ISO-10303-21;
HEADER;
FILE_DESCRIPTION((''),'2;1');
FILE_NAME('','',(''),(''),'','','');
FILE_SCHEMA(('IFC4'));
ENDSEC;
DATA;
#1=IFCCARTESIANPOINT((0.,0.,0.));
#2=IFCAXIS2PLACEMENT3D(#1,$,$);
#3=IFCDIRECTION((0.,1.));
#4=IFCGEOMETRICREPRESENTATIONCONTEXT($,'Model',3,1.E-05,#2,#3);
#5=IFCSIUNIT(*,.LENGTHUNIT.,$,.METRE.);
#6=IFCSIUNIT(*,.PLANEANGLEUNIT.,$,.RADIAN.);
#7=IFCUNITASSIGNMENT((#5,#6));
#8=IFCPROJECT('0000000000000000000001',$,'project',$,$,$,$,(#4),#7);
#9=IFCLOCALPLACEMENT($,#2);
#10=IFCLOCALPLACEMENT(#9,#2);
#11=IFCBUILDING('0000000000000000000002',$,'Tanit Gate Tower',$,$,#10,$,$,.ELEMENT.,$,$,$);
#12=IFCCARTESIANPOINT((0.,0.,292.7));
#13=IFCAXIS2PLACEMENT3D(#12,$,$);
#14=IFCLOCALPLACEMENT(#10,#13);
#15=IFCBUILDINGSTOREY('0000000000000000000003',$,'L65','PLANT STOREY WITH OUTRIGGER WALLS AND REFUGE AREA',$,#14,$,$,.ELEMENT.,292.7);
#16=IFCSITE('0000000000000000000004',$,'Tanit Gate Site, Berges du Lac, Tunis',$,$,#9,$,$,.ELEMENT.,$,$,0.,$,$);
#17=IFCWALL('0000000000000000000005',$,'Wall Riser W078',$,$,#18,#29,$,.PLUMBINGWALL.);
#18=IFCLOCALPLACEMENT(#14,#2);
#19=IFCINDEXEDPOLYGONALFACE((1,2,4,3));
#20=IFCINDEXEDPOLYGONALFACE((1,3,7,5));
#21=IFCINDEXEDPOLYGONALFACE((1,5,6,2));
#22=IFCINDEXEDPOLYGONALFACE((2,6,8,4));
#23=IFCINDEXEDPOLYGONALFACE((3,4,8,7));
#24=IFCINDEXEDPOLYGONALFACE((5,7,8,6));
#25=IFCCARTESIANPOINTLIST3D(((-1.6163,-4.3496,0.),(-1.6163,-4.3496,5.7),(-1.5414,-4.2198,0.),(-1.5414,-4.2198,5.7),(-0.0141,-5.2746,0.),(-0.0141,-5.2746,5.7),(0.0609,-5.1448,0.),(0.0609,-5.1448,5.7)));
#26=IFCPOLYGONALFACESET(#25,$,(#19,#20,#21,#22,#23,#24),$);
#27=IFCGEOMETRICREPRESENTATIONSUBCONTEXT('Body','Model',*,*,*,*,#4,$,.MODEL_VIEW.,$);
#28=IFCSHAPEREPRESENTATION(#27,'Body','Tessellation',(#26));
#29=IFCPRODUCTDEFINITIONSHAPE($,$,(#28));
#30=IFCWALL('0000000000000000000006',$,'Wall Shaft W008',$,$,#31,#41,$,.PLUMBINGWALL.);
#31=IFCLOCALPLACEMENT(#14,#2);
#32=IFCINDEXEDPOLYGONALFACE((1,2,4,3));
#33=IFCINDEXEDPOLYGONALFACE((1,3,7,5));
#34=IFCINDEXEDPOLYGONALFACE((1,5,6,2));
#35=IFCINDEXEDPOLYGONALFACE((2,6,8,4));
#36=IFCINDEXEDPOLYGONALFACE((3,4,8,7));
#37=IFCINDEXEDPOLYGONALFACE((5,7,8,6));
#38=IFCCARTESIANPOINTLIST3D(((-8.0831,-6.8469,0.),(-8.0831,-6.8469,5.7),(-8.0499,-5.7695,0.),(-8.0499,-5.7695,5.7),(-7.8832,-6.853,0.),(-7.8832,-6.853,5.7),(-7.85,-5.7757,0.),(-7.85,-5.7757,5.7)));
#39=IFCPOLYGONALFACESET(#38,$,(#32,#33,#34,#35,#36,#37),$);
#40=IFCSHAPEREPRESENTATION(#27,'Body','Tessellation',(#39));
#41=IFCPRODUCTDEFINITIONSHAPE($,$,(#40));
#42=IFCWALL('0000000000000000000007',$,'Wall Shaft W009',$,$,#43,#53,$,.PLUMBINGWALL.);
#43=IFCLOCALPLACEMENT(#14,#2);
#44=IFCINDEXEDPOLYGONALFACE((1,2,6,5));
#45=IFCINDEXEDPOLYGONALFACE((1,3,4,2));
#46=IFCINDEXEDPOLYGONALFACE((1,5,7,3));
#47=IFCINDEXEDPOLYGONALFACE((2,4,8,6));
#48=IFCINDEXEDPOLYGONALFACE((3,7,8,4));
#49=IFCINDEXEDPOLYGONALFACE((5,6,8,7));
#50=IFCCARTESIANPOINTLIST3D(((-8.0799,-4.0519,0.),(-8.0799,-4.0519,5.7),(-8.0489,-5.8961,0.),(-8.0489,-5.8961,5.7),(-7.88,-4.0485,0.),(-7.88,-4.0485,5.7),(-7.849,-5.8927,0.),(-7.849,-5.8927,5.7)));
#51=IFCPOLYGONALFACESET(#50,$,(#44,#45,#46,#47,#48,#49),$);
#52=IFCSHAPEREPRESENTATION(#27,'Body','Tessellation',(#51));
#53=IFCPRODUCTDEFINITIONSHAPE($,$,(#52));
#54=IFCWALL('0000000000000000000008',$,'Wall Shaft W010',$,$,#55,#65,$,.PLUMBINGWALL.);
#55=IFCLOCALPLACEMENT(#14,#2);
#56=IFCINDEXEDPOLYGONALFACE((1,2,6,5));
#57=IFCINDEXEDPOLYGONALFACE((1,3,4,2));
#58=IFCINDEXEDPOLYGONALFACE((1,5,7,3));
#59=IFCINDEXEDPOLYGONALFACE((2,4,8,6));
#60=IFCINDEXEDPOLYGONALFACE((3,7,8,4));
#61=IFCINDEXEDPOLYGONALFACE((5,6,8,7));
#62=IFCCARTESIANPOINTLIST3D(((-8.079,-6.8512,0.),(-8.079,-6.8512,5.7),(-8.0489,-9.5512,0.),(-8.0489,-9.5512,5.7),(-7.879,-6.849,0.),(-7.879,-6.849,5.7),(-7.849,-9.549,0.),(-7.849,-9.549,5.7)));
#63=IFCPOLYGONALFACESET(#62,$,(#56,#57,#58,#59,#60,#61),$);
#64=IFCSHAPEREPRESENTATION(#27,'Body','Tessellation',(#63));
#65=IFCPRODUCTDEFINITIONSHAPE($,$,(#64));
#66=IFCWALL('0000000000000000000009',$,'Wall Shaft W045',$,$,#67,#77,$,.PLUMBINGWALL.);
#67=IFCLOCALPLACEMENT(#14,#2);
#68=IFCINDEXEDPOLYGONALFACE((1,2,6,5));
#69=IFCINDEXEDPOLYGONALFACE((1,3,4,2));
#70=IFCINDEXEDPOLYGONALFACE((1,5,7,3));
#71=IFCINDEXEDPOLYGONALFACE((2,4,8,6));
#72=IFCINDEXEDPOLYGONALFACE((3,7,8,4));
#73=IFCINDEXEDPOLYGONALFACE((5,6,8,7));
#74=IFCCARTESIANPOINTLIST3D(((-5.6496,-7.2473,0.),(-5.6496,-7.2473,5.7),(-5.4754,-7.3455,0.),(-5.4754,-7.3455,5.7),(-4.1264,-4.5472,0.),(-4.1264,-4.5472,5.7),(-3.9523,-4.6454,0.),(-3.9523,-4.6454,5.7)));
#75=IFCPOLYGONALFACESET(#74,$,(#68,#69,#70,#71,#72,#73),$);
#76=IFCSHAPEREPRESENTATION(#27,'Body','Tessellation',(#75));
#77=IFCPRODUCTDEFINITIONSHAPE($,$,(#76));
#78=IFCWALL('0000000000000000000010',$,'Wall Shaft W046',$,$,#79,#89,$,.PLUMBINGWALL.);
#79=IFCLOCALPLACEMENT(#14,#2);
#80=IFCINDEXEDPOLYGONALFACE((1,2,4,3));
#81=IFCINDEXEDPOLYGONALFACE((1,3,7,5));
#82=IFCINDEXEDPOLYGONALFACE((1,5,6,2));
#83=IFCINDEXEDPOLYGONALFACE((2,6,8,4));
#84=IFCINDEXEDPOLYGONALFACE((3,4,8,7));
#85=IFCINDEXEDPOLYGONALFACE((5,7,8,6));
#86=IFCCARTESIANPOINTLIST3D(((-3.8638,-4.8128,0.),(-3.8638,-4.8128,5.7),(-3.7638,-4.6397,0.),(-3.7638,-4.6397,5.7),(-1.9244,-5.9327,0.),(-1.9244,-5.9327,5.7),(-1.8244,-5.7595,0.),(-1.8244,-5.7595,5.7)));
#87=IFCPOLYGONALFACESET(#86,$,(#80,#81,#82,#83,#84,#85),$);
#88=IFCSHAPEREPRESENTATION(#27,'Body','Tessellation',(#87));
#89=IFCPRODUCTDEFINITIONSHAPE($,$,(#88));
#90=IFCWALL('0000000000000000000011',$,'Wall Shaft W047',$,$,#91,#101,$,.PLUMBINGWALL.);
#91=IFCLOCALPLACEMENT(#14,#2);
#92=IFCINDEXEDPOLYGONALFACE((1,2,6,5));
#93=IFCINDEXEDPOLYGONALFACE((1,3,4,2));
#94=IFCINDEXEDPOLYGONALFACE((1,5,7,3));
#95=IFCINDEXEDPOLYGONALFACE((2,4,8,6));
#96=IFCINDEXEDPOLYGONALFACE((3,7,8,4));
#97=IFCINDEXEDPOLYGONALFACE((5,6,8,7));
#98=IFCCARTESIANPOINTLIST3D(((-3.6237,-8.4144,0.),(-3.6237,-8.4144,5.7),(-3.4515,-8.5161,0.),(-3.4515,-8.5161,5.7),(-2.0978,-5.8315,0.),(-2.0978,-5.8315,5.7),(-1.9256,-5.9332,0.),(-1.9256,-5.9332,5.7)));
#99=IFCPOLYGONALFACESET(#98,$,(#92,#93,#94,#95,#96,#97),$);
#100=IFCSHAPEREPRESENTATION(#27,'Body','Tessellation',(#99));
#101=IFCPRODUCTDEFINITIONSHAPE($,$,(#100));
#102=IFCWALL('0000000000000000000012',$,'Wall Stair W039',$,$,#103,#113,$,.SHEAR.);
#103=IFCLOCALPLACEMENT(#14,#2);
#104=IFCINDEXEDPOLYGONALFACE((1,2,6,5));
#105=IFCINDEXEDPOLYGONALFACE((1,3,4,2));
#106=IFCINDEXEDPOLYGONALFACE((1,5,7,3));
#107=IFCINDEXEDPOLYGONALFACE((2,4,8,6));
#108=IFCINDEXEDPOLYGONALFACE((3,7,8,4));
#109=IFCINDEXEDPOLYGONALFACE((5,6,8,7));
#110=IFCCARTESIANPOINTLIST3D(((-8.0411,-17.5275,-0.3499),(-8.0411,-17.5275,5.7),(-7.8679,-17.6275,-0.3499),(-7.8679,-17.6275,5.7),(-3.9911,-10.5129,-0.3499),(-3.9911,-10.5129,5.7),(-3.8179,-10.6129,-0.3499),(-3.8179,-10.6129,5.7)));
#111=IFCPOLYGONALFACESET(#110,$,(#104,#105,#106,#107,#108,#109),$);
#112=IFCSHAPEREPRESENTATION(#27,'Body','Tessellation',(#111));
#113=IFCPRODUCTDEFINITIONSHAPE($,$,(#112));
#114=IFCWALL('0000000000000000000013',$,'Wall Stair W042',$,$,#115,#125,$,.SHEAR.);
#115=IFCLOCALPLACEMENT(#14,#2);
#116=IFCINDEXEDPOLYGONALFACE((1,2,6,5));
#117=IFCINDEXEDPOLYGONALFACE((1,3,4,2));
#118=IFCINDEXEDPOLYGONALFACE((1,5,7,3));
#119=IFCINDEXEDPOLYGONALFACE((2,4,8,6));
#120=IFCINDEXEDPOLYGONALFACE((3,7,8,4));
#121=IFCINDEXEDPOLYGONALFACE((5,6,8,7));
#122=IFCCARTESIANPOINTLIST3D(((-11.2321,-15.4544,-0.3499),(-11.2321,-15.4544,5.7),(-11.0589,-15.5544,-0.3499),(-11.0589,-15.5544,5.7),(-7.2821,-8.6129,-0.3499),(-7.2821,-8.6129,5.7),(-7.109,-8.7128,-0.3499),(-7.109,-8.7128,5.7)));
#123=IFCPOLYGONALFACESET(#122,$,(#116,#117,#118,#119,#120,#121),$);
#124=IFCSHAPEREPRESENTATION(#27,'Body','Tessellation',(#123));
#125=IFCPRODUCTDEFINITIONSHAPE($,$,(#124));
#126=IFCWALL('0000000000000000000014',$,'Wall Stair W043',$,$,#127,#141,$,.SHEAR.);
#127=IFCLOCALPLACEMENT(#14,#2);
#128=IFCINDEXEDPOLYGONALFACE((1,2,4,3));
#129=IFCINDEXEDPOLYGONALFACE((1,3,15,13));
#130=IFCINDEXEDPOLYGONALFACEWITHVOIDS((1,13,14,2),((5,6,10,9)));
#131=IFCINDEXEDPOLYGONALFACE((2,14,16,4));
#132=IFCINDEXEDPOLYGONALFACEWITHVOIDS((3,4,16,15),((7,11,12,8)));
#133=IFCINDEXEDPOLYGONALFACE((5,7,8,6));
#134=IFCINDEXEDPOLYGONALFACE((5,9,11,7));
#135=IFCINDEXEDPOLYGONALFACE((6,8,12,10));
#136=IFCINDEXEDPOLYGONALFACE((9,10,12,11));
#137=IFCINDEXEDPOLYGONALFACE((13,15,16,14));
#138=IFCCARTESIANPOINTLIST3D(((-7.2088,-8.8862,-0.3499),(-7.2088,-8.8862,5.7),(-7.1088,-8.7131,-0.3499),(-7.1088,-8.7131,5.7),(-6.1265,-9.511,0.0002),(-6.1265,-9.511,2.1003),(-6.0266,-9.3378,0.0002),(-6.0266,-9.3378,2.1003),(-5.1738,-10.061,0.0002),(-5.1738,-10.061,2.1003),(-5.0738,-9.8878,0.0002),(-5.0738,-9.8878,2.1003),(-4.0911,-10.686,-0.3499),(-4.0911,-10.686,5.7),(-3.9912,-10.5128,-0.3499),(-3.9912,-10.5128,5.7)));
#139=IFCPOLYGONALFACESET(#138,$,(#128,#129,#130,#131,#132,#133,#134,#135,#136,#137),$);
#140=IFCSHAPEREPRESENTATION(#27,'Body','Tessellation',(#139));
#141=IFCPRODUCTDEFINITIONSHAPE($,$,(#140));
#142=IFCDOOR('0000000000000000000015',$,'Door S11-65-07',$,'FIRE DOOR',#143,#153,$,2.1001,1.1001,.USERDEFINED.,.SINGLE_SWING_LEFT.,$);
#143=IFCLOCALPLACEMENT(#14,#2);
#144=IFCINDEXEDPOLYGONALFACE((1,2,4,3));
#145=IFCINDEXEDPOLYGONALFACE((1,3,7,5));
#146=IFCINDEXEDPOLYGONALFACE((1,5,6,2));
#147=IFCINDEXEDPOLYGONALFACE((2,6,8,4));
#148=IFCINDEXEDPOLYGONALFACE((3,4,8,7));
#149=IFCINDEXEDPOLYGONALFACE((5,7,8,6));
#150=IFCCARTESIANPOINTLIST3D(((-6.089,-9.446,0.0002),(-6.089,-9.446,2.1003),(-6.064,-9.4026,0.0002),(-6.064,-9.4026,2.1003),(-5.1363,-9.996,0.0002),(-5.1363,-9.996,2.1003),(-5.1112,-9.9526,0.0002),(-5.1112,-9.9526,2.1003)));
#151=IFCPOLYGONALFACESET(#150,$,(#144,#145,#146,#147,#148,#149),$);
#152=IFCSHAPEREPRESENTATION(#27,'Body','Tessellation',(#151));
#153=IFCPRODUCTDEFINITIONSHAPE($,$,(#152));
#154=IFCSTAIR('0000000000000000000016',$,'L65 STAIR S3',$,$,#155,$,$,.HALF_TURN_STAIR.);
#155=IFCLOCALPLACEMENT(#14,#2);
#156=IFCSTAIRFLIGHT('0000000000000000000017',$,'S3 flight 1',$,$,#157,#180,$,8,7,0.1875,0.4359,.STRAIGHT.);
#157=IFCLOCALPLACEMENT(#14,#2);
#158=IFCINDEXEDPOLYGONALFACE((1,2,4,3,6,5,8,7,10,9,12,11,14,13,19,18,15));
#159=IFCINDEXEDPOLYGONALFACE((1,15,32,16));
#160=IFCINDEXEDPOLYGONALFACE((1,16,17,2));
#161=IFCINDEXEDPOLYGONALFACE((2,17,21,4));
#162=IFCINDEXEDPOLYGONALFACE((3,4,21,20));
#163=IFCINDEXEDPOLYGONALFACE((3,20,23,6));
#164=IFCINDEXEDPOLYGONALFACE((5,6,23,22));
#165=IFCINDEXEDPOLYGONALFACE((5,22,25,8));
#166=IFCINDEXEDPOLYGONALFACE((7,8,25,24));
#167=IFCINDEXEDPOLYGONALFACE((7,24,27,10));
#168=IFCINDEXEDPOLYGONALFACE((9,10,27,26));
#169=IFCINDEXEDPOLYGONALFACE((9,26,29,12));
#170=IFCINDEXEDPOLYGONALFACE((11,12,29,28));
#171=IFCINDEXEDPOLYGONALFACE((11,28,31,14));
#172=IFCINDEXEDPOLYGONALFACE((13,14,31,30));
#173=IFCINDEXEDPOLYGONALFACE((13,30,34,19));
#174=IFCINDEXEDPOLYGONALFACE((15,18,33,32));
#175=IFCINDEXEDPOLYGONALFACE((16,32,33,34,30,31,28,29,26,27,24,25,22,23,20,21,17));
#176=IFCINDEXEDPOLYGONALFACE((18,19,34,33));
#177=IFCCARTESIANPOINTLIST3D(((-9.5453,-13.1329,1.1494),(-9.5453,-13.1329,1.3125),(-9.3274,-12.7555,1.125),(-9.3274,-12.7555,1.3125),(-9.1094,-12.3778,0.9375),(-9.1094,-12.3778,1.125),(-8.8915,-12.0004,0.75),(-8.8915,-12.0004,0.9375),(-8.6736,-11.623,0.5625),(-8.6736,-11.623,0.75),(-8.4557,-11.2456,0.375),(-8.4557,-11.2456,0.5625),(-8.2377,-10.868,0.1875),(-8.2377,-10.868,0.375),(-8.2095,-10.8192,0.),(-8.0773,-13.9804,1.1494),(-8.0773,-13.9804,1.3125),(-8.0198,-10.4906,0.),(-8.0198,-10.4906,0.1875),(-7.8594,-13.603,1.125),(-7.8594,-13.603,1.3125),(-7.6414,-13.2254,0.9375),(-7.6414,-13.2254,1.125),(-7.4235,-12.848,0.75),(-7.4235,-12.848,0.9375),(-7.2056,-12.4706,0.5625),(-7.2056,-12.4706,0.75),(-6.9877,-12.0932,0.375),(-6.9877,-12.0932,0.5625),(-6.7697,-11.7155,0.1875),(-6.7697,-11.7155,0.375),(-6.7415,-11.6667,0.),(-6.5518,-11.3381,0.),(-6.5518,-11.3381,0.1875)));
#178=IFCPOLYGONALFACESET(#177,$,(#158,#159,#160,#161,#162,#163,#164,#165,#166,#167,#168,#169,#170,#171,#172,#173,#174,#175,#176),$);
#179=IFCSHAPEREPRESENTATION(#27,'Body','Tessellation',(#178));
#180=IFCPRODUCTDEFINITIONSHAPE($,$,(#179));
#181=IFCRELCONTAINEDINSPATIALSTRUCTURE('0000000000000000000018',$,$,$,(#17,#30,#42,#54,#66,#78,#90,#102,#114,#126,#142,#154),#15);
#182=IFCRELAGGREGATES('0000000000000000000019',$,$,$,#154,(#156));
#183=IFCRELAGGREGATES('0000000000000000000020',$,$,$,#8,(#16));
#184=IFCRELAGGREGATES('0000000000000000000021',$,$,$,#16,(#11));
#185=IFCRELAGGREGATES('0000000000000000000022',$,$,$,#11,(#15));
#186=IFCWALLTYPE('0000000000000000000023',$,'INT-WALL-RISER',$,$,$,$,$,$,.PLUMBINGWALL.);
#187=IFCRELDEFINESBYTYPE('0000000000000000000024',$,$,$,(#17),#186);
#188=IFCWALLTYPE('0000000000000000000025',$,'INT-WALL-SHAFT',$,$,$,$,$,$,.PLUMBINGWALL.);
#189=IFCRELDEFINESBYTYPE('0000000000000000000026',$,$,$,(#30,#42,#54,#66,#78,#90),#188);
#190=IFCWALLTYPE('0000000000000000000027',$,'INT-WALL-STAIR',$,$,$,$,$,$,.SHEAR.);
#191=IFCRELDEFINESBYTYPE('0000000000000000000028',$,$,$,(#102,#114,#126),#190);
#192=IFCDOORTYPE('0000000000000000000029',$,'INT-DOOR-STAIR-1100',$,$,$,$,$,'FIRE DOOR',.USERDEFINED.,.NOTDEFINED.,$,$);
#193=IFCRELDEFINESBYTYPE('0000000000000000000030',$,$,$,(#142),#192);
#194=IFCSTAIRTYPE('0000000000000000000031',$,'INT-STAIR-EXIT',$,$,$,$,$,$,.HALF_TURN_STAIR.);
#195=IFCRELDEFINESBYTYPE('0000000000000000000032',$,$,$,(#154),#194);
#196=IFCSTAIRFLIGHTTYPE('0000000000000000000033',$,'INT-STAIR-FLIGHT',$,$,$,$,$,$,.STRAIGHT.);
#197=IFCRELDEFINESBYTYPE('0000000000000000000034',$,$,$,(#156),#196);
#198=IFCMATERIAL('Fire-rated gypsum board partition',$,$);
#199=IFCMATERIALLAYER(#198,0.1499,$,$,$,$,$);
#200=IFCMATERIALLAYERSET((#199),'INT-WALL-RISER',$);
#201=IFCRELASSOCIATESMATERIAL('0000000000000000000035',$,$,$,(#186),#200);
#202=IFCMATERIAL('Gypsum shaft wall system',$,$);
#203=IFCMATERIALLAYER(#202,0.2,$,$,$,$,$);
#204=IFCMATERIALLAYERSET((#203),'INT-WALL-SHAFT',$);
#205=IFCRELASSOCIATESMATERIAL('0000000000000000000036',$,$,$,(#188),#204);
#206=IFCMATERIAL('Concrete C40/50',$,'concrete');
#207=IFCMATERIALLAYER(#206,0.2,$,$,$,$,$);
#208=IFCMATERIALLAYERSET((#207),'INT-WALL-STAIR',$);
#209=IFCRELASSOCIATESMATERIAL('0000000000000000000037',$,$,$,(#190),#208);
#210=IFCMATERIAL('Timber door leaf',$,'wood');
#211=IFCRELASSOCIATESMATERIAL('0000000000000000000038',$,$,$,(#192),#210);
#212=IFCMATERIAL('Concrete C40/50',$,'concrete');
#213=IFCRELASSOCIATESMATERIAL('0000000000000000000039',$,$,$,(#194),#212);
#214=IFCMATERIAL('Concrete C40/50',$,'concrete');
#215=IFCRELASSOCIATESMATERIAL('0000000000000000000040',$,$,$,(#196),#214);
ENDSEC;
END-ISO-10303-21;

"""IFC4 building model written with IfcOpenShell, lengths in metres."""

from ifc_helpers import new_model, si_unit, direction, frame, frame_2d, origin, place, context, subcontext, project, spatial, polyline, rectangle, outline, extrude, material, layer, layer_set, type_object, element, fill, aggregate, save


model = new_model("IFC4")

# Units and contexts
model_context = context("Model", 3, precision=1e-05, world=origin(), true_north=direction((0.0, 1.0)))
body_context = subcontext(model_context, "Body", "Model", "MODEL_VIEW")
ifc_project = project(units=[si_unit("LENGTHUNIT", "METRE"), si_unit("PLANEANGLEUNIT", "RADIAN")], contexts=[model_context])

# Site, building, storey
site_placement = place(None, origin())
site = spatial("IfcSite", under=ifc_project, at=site_placement, Name="Tanit Gate Site, Berges du Lac, Tunis", CompositionType="ELEMENT", RefElevation=0.0)
building_placement = place(site_placement, origin())
building = spatial("IfcBuilding", under=site, at=building_placement, Name="Tanit Gate Tower", CompositionType="ELEMENT")
storey_placement = place(building_placement, frame((0.0, 0.0, 292.7)))
storey = spatial("IfcBuildingStorey", under=building, at=storey_placement, Name="L65", Description="PLANT STOREY WITH OUTRIGGER WALLS AND REFUGE AREA", CompositionType="ELEMENT", Elevation=292.7)

# Walls
ifc_material_1 = material(Name="Fire-rated gypsum board partition")
ifc_layer_1 = layer(ifc_material_1, 0.1499)
ifc_layer_set_1 = layer_set([ifc_layer_1], Name="INT-WALL-RISER")
wall_type_1 = type_object("IfcWallType", Name="INT-WALL-RISER", PredefinedType="PLUMBINGWALL", material=ifc_layer_set_1)
wall_1_placement = place(storey_placement, frame((-1.5789, -4.2847, 0.0), z_axis=(0.0, 0.0, 1.0), x_axis=(0.866034, -0.499985, 0.0)))
element("IfcWall", 1, at=wall_1_placement, inside=storey, type_object=wall_type_1, Name="Wall Riser W078", PredefinedType="PLUMBINGWALL", context=body_context, shape_type="SweptSolid", body=[
    extrude(rectangle(XDim=1.8501, YDim=0.1499, at=frame_2d((0.925, 0.0))), origin(), (0.0, 0.0, 1.0), 5.7),
])
ifc_material_2 = material(Name="Gypsum shaft wall system")
ifc_layer_2 = layer(ifc_material_2, 0.2)
ifc_layer_set_2 = layer_set([ifc_layer_2], Name="INT-WALL-SHAFT")
wall_type_2 = type_object("IfcWallType", Name="INT-WALL-SHAFT", PredefinedType="PLUMBINGWALL", material=ifc_layer_set_2)
wall_2_placement = place(storey_placement, frame((-7.95, -5.7725, 0.0), z_axis=(0.0, 0.0, 1.0), x_axis=(-0.030803, -0.999525, 0.0)))
element("IfcWall", 2, at=wall_2_placement, inside=storey, type_object=wall_type_2, Name="Wall Shaft W008", PredefinedType="PLUMBINGWALL", context=body_context, shape_type="SweptSolid", body=[
    extrude(rectangle(XDim=1.0779, YDim=0.2, at=frame_2d((0.5391, 0.0))), origin(), (0.0, 0.0, 1.0), 5.7),
])
wall_3_placement = place(storey_placement, frame((-7.98, -4.05, 0.0), z_axis=(0.0, 0.0, 1.0), x_axis=(0.01681, -0.999859, 0.0)))
element("IfcWall", 3, at=wall_3_placement, inside=storey, type_object=wall_type_2, Name="Wall Shaft W009", PredefinedType="PLUMBINGWALL", context=body_context, shape_type="SweptSolid", body=[
    extrude(rectangle(XDim=1.8445, YDim=0.2, at=frame_2d((0.9224, 0.0))), origin(), (0.0, 0.0, 1.0), 5.7),
])
wall_4_placement = place(storey_placement, frame((-7.979, -6.8501, 0.0), z_axis=(0.0, 0.0, 1.0), x_axis=(0.011121, -0.999938, 0.0)))
element("IfcWall", 4, at=wall_4_placement, inside=storey, type_object=wall_type_2, Name="Wall Shaft W010", PredefinedType="PLUMBINGWALL", context=body_context, shape_type="SweptSolid", body=[
    extrude(rectangle(XDim=2.7002, YDim=0.2, at=frame_2d((1.3501, 0.0))), origin(), (0.0, 0.0, 1.0), 5.7),
])

# Walls
wall_5_placement = place(storey_placement, frame((-5.5625, -7.2964, 0.0), z_axis=(0.0, 0.0, 1.0), x_axis=(0.491323, 0.870978, 0.0)))
element("IfcWall", 5, at=wall_5_placement, inside=storey, type_object=wall_type_2, Name="Wall Shaft W045", PredefinedType="PLUMBINGWALL", context=body_context, shape_type="SweptSolid", body=[
    extrude(rectangle(XDim=3.1001, YDim=0.2, at=frame_2d((1.55, 0.0))), origin(), (0.0, 0.0, 1.0), 5.7),
])
wall_6_placement = place(storey_placement, frame((-3.8137, -4.7263, 0.0), z_axis=(0.0, 0.0, 1.0), x_axis=(0.866, -0.500043, 0.0)))
element("IfcWall", 6, at=wall_6_placement, inside=storey, type_object=wall_type_2, Name="Wall Shaft W046", PredefinedType="PLUMBINGWALL", context=body_context, shape_type="SweptSolid", body=[
    extrude(rectangle(XDim=2.2395, YDim=0.2, at=frame_2d((1.1196, 0.0))), origin(), (0.0, 0.0, 1.0), 5.7),
])
wall_7_placement = place(storey_placement, frame((-2.0117, -5.8823, 0.0), z_axis=(0.0, 0.0, 1.0), x_axis=(-0.50862, -0.860991, 0.0)))
element("IfcWall", 7, at=wall_7_placement, inside=storey, type_object=wall_type_2, Name="Wall Shaft W047", PredefinedType="PLUMBINGWALL", context=body_context, shape_type="SweptSolid", body=[
    extrude(rectangle(XDim=3.0, YDim=0.2, at=frame_2d((1.5, 0.0))), origin(), (0.0, 0.0, 1.0), 5.7),
])
ifc_material_3 = material(Name="Concrete C40/50", Category="concrete")
ifc_layer_3 = layer(ifc_material_3, 0.2)
ifc_layer_set_3 = layer_set([ifc_layer_3], Name="INT-WALL-STAIR")
wall_type_3 = type_object("IfcWallType", Name="INT-WALL-STAIR", PredefinedType="SHEAR", material=ifc_layer_set_3)
wall_8_placement = place(storey_placement, frame((-3.9045, -10.563, -0.3499), z_axis=(0.0, 0.0, 1.0), x_axis=(-0.500013, -0.866018, 0.0)))
element("IfcWall", 8, at=wall_8_placement, inside=storey, type_object=wall_type_3, Name="Wall Stair W039", PredefinedType="SHEAR", context=body_context, shape_type="SweptSolid", body=[
    extrude(rectangle(XDim=8.0999, YDim=0.2, at=frame_2d((4.0498, 0.0))), origin(), (0.0, 0.0, 1.0), 6.0498),
])
wall_9_placement = place(storey_placement, frame((-7.1956, -8.6628, -0.3499), z_axis=(0.0, 0.0, 1.0), x_axis=(-0.499998, -0.866027, 0.0)))
element("IfcWall", 9, at=wall_9_placement, inside=storey, type_object=wall_type_3, Name="Wall Stair W042", PredefinedType="SHEAR", context=body_context, shape_type="SweptSolid", body=[
    extrude(rectangle(XDim=7.8999, YDim=0.2, at=frame_2d((3.95, 0.0))), origin(), (0.0, 0.0, 1.0), 6.0498),
])

# Wall, opening, door
wall_10_placement = place(storey_placement, frame((-4.0413, -10.5994, -0.3499), z_axis=(0.0, 0.0, 1.0), x_axis=(-0.866048, 0.499961, 0.0)))
wall_10 = element("IfcWall", 10, at=wall_10_placement, inside=storey, type_object=wall_type_3, Name="Wall Stair W043", PredefinedType="SHEAR", context=body_context, shape_type="SweptSolid", body=[
    extrude(rectangle(XDim=3.5999, YDim=0.2, at=frame_2d((1.7998, 0.0))), origin(), (0.0, 0.0, 1.0), 6.0498),
])
opening_1_placement = place(wall_10_placement, frame((1.25, 0.0, 0.3501)))
opening_1 = element("IfcOpeningElement", 11, at=opening_1_placement, cuts=wall_10, PredefinedType="OPENING", context=body_context, shape_type="SweptSolid", body=[
    extrude(rectangle(XDim=1.1001, YDim=2.1001, at=frame_2d((0.55, 1.05))), frame((0.0, 0.1099, 0.0), z_axis=(0.0, -1.0, 0.0), x_axis=(1.0, 0.0, 0.0)), (0.0, 0.0, 1.0), 0.22),
])
ifc_material_4 = material(Name="Timber door leaf", Category="wood")
door_type_1 = type_object("IfcDoorType", Name="INT-DOOR-STAIR-1100", ElementType="FIRE DOOR", OperationType="NOTDEFINED", PredefinedType="USERDEFINED", material=ifc_material_4)
door_1_placement = place(opening_1_placement, origin())
door_1 = element("IfcDoor", 12, at=door_1_placement, inside=storey, type_object=door_type_1, Name="Door S11-65-07", ObjectType="FIRE DOOR", OperationType="SINGLE_SWING_LEFT", OverallHeight=2.1001, OverallWidth=1.1001, PredefinedType="USERDEFINED", context=body_context, shape_type="SweptSolid", body=[
    extrude(rectangle(XDim=1.1001, YDim=2.1001, at=frame_2d((0.55, 1.05))), frame((0.0, 0.0249, 0.0), z_axis=(0.0, -1.0, 0.0), x_axis=(1.0, 0.0, 0.0)), (0.0, 0.0, 1.0), 0.05),
])
fill(opening_1, door_1)

# Stair, stair flight
ifc_material_5 = material(Name="Concrete C40/50", Category="concrete")
stair_type = type_object("IfcStairType", Name="INT-STAIR-EXIT", PredefinedType="HALF_TURN_STAIR", material=ifc_material_5)
stair_placement = place(storey_placement, origin())
stair = element("IfcStair", 13, at=stair_placement, inside=storey, type_object=stair_type, Name="L65 STAIR S3", PredefinedType="HALF_TURN_STAIR")
ifc_material_6 = material(Name="Concrete C40/50", Category="concrete")
stair_flight_type = type_object("IfcStairFlightType", Name="INT-STAIR-FLIGHT", PredefinedType="STRAIGHT", material=ifc_material_6)
stair_flight_1_placement = place(storey_placement, frame((-7.2859, -10.9143, 0.0), z_axis=(0.0, 0.0, 1.0), x_axis=(-0.5, -0.866025, 0.0)))
stair_flight_1 = element("IfcStairFlight", 14, at=stair_flight_1_placement, type_object=stair_flight_type, Name="S3 flight 1", NumberOfRisers=8, NumberOfTreads=7, PredefinedType="STRAIGHT", RiserHeight=0.1875, TreadLength=0.4359, context=body_context, shape_type="SweptSolid", body=[
    extrude(outline(polyline([(0.0, 0.0), (0.0, 0.1875), (0.4358, 0.1875), (0.4358, 0.375), (0.8718, 0.375), (0.8718, 0.5625), (1.3076, 0.5625), (1.3076, 0.75), (1.7434, 0.75), (1.7434, 0.9375), (2.1792, 0.9375), (2.1792, 1.125), (2.6152, 1.125), (2.6152, 1.3125), (3.051, 1.3125), (3.051, 1.5), (3.051, 1.1494), (0.3794, 0.0), (0.0, 0.0)])), frame((0.0, 0.8477, 0.0), z_axis=(0.0, -1.0, 0.0), x_axis=(1.0, 0.0, 0.0)), (0.0, 0.0, 1.0), 1.6951),
])
aggregate(stair, [stair_flight_1])

save(model, "model.ifc")
